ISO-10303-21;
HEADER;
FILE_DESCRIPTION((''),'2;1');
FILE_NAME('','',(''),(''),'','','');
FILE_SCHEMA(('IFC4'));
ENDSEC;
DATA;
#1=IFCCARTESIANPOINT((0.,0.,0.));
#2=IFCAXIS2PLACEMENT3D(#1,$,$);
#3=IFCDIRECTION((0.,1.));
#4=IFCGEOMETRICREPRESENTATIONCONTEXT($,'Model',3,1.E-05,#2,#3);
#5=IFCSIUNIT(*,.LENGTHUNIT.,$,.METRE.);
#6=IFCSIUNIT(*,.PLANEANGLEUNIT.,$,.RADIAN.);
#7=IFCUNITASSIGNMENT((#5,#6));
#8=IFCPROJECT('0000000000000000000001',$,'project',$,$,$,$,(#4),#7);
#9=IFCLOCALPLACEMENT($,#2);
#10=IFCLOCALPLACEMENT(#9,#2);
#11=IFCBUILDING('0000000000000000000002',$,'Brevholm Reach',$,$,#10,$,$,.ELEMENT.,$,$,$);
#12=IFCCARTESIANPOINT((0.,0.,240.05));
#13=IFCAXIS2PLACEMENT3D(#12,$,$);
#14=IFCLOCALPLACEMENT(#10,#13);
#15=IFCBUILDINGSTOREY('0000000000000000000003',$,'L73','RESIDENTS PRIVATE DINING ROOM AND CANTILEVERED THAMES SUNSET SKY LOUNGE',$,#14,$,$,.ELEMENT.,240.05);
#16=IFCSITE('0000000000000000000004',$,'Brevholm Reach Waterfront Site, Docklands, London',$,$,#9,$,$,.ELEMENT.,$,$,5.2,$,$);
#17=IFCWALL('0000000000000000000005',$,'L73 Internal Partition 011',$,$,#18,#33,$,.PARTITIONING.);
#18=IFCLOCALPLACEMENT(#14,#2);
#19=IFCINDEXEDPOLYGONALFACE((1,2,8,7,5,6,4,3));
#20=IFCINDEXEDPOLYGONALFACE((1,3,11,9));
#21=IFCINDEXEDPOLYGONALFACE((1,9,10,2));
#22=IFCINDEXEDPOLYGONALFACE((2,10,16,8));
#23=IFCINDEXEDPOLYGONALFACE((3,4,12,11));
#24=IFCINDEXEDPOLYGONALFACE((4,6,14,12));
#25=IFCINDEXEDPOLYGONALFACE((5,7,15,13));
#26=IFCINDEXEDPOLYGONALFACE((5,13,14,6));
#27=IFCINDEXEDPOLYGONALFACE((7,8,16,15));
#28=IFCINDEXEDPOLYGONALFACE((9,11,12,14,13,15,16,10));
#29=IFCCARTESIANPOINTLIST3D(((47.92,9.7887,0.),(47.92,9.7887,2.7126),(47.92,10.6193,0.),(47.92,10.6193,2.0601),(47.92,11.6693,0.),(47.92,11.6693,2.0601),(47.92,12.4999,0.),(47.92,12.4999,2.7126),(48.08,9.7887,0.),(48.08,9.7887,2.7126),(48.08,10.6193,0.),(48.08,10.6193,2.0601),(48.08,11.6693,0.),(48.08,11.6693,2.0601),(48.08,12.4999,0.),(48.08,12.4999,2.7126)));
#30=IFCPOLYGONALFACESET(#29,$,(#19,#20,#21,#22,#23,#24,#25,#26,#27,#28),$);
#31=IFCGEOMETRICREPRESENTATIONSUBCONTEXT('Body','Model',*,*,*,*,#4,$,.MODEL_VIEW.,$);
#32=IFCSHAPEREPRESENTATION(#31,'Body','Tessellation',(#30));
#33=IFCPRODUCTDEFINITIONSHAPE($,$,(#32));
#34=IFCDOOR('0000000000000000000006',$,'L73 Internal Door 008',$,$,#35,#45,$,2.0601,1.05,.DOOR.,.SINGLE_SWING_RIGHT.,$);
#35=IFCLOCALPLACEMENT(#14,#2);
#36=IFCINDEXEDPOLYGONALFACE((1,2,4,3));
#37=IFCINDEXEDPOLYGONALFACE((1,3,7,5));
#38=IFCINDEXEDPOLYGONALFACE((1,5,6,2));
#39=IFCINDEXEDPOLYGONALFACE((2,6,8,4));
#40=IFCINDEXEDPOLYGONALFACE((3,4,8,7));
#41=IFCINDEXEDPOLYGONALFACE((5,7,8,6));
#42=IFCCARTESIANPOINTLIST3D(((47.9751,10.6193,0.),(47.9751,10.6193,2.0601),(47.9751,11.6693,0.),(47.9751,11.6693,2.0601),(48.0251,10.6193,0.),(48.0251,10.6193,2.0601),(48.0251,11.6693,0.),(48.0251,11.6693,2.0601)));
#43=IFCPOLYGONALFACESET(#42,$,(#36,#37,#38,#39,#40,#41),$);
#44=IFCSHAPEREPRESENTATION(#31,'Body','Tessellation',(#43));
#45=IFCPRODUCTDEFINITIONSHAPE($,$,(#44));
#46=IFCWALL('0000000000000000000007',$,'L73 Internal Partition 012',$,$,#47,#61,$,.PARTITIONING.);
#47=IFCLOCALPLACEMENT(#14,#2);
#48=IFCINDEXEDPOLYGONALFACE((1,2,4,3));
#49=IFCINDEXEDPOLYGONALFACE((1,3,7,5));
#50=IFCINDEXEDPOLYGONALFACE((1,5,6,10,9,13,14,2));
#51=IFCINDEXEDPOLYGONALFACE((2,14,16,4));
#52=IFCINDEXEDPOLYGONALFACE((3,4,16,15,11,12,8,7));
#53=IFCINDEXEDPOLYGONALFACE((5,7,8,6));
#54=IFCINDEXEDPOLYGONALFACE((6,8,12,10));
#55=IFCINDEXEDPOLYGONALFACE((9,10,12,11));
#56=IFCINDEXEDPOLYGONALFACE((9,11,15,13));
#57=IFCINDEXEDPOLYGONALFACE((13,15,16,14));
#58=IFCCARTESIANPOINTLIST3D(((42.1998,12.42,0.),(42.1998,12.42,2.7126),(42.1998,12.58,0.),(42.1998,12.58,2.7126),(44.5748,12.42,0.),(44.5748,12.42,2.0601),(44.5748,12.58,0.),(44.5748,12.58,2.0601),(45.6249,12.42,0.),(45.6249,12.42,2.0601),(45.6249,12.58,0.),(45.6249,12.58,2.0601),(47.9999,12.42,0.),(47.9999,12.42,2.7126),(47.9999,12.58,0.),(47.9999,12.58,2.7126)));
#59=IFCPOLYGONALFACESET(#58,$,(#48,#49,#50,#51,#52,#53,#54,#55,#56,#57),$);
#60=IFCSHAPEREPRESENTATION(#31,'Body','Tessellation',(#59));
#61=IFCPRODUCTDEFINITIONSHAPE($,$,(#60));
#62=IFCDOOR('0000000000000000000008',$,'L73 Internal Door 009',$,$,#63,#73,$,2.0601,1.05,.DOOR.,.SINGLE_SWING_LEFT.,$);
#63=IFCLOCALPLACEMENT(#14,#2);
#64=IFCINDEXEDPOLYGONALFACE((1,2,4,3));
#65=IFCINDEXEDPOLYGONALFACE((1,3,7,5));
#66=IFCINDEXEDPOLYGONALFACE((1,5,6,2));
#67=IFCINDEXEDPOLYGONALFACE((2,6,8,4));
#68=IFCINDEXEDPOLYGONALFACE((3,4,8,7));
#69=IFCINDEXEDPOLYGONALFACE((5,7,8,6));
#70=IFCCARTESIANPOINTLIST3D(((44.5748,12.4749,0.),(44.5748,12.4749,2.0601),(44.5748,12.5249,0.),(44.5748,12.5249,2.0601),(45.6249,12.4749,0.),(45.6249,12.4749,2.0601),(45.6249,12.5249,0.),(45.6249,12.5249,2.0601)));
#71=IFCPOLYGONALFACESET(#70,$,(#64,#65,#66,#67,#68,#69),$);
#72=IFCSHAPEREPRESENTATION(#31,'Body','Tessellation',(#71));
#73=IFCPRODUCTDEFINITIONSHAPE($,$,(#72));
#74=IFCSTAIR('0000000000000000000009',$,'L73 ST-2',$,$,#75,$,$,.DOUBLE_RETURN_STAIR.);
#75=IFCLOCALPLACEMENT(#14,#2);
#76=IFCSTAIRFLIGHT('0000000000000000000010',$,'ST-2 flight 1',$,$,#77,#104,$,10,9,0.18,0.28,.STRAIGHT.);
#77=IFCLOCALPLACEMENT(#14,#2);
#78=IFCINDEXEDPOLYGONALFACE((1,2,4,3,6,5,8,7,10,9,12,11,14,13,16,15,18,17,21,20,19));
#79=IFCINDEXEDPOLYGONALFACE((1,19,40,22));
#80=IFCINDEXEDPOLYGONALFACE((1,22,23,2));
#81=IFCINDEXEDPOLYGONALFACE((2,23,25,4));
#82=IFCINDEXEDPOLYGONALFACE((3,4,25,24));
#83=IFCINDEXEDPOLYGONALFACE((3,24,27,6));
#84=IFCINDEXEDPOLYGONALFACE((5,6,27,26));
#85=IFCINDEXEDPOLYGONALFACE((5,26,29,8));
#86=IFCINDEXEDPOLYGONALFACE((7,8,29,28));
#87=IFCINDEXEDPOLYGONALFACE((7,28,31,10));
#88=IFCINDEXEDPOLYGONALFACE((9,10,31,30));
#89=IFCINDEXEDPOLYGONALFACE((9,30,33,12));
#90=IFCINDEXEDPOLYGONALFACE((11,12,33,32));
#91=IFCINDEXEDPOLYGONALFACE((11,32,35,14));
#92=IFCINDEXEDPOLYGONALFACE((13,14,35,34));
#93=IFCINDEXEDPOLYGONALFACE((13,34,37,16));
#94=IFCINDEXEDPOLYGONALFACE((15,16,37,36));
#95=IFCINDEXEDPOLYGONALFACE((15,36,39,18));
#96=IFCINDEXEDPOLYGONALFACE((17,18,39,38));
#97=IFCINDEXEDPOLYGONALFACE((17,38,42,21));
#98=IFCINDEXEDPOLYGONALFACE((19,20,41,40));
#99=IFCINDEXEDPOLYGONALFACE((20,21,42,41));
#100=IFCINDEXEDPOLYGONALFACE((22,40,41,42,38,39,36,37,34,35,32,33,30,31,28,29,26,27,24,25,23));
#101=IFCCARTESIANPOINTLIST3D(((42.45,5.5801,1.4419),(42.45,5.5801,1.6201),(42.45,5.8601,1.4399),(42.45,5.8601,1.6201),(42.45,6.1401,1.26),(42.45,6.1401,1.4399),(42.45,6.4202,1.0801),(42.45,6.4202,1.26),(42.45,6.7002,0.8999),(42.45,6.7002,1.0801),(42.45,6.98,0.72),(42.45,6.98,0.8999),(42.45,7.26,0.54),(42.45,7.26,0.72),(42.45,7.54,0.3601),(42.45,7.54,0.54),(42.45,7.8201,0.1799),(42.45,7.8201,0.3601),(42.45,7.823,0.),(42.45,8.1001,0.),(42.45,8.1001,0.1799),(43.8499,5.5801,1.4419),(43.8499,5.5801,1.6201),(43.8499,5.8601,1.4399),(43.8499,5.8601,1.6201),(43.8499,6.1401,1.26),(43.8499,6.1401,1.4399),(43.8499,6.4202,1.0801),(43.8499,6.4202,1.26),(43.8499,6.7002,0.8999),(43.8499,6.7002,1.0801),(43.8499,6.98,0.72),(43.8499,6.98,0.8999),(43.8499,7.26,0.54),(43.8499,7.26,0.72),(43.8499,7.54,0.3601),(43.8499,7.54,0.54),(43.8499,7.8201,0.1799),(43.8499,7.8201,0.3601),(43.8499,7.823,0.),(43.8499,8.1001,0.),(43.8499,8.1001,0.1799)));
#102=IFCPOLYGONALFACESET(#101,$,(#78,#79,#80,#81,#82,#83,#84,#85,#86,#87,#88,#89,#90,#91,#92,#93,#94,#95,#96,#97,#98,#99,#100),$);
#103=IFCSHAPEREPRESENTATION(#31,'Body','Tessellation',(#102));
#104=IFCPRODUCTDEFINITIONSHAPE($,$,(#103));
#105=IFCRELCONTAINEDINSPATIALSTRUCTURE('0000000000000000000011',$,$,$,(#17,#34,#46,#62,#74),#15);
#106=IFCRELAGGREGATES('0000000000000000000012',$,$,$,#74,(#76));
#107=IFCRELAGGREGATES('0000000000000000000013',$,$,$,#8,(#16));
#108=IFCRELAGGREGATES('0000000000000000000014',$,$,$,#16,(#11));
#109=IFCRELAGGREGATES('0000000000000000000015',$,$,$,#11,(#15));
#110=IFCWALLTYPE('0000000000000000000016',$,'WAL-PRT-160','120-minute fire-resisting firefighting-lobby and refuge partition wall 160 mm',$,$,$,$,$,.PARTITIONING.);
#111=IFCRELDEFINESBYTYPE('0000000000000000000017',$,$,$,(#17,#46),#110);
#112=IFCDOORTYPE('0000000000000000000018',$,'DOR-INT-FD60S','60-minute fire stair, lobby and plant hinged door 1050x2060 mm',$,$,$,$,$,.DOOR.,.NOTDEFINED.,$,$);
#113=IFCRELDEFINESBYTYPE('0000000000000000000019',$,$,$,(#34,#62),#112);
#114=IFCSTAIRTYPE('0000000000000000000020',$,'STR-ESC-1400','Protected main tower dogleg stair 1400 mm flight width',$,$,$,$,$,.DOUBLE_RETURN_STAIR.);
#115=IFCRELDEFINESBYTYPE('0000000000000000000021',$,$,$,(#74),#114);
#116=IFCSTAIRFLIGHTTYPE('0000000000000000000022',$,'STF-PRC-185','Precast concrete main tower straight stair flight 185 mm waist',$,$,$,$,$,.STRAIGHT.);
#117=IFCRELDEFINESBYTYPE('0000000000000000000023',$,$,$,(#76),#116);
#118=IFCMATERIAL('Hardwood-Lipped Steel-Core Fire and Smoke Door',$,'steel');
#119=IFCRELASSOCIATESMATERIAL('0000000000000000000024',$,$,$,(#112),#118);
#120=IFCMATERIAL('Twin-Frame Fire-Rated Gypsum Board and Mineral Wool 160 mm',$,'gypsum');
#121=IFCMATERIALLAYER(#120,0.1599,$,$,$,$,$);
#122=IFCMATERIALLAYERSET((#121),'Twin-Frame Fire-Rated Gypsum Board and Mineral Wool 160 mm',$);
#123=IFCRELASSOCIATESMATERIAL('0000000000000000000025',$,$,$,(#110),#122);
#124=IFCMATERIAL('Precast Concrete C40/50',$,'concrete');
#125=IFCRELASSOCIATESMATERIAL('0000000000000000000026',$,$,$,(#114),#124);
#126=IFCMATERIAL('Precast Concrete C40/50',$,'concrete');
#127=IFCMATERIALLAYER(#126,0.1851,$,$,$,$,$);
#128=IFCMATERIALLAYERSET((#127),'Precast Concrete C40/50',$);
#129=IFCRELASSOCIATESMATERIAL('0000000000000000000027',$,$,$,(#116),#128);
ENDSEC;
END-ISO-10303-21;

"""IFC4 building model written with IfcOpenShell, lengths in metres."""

from ifc_helpers import new_model, si_unit, direction, frame, frame_2d, origin, place, context, subcontext, project, spatial, polyline, rectangle, outline, extrude, material, layer, layer_set, type_object, element, fill, aggregate, save


model = new_model("IFC4")

# Units and contexts
model_context = context("Model", 3, precision=1e-05, world=origin(), true_north=direction((0.0, 1.0)))
body_context = subcontext(model_context, "Body", "Model", "MODEL_VIEW")
ifc_project = project(units=[si_unit("LENGTHUNIT", "METRE"), si_unit("PLANEANGLEUNIT", "RADIAN")], contexts=[model_context])

# Site, building, storey
site_placement = place(None, origin())
site = spatial("IfcSite", under=ifc_project, at=site_placement, Name="Brevholm Reach Waterfront Site, Docklands, London", CompositionType="ELEMENT", RefElevation=5.2)
building_placement = place(site_placement, origin())
building = spatial("IfcBuilding", under=site, at=building_placement, Name="Brevholm Reach", CompositionType="ELEMENT")
storey_placement = place(building_placement, frame((0.0, 0.0, 240.05)))
storey = spatial("IfcBuildingStorey", under=building, at=storey_placement, Name="L73", Description="RESIDENTS PRIVATE DINING ROOM AND CANTILEVERED THAMES SUNSET SKY LOUNGE", CompositionType="ELEMENT", Elevation=240.05)

# Shared definitions
ifc_material_1 = material(Name="Hardwood-Lipped Steel-Core Fire and Smoke Door", Category="steel")
door_type_1 = type_object("IfcDoorType", Name="DOR-INT-FD60S", Description="60-minute fire stair, lobby and plant hinged door 1050x2060 mm", OperationType="NOTDEFINED", PredefinedType="DOOR", material=ifc_material_1)

# Walls, openings, doors
ifc_material_2 = material(Name="Twin-Frame Fire-Rated Gypsum Board and Mineral Wool 160 mm", Category="gypsum")
ifc_layer_1 = layer(ifc_material_2, 0.1599)
ifc_layer_set_1 = layer_set([ifc_layer_1], Name="Twin-Frame Fire-Rated Gypsum Board and Mineral Wool 160 mm")
wall_type_1 = type_object("IfcWallType", Name="WAL-PRT-160", Description="120-minute fire-resisting firefighting-lobby and refuge partition wall 160 mm", PredefinedType="PARTITIONING", material=ifc_layer_set_1)
wall_1_placement = place(storey_placement, frame((48.0, 9.7888, 0.0), z_axis=(0.0, 0.0, 1.0), x_axis=(0.0, 1.0, 0.0)))
wall_1 = element("IfcWall", 1, at=wall_1_placement, inside=storey, type_object=wall_type_1, Name="L73 Internal Partition 011", PredefinedType="PARTITIONING", context=body_context, shape_type="SweptSolid", body=[
    extrude(rectangle(XDim=2.7112, YDim=0.1599, at=frame_2d((1.3555, 0.0))), origin(), (0.0, 0.0, 1.0), 2.7126),
])
opening_1_placement = place(wall_1_placement, frame((0.8306, 0.0, 0.0)))
opening_1 = element("IfcOpeningElement", 2, at=opening_1_placement, cuts=wall_1, PredefinedType="OPENING", context=body_context, shape_type="SweptSolid", body=[
    extrude(rectangle(XDim=1.05, YDim=2.0601, at=frame_2d((0.5249, 1.03))), frame((0.0, 0.0898, 0.0), z_axis=(0.0, -1.0, 0.0), x_axis=(1.0, 0.0, 0.0)), (0.0, 0.0, 1.0), 0.1799),
])
door_1_placement = place(opening_1_placement, origin())
door_1 = element("IfcDoor", 3, at=door_1_placement, inside=storey, type_object=door_type_1, Name="L73 Internal Door 008", OperationType="SINGLE_SWING_RIGHT", OverallHeight=2.0601, OverallWidth=1.05, PredefinedType="DOOR", context=body_context, shape_type="SweptSolid", body=[
    extrude(rectangle(XDim=1.05, YDim=2.0601, at=frame_2d((0.5249, 1.03))), frame((0.0, 0.0249, 0.0), z_axis=(0.0, -1.0, 0.0), x_axis=(1.0, 0.0, 0.0)), (0.0, 0.0, 1.0), 0.05),
])
fill(opening_1, door_1)
wall_2_placement = place(storey_placement, frame((42.2, 12.5, 0.0), z_axis=(0.0, 0.0, 1.0), x_axis=(1.0, 0.0, 0.0)))
wall_2 = element("IfcWall", 4, at=wall_2_placement, inside=storey, type_object=wall_type_1, Name="L73 Internal Partition 012", PredefinedType="PARTITIONING", context=body_context, shape_type="SweptSolid", body=[
    extrude(rectangle(XDim=5.8, YDim=0.1599, at=frame_2d((2.8999, 0.0))), origin(), (0.0, 0.0, 1.0), 2.7126),
])
opening_2_placement = place(wall_2_placement, frame((2.375, 0.0, 0.0)))
opening_2 = element("IfcOpeningElement", 5, at=opening_2_placement, cuts=wall_2, PredefinedType="OPENING", context=body_context, shape_type="SweptSolid", body=[
    extrude(rectangle(XDim=1.05, YDim=2.0601, at=frame_2d((0.5249, 1.03))), frame((0.0, 0.0898, 0.0), z_axis=(0.0, -1.0, 0.0), x_axis=(1.0, 0.0, 0.0)), (0.0, 0.0, 1.0), 0.1799),
])
door_2_placement = place(opening_2_placement, origin())
door_2 = element("IfcDoor", 6, at=door_2_placement, inside=storey, type_object=door_type_1, Name="L73 Internal Door 009", OperationType="SINGLE_SWING_LEFT", OverallHeight=2.0601, OverallWidth=1.05, PredefinedType="DOOR", context=body_context, shape_type="SweptSolid", body=[
    extrude(rectangle(XDim=1.05, YDim=2.0601, at=frame_2d((0.5249, 1.03))), frame((0.0, 0.0249, 0.0), z_axis=(0.0, -1.0, 0.0), x_axis=(1.0, 0.0, 0.0)), (0.0, 0.0, 1.0), 0.05),
])
fill(opening_2, door_2)

# Stair, stair flight
ifc_material_3 = material(Name="Precast Concrete C40/50", Category="concrete")
stair_type = type_object("IfcStairType", Name="STR-ESC-1400", Description="Protected main tower dogleg stair 1400 mm flight width", PredefinedType="DOUBLE_RETURN_STAIR", material=ifc_material_3)
stair_placement = place(storey_placement, origin())
stair = element("IfcStair", 7, at=stair_placement, inside=storey, type_object=stair_type, Name="L73 ST-2", PredefinedType="DOUBLE_RETURN_STAIR")
ifc_material_4 = material(Name="Precast Concrete C40/50", Category="concrete")
ifc_layer_2 = layer(ifc_material_4, 0.1851)
ifc_layer_set_2 = layer_set([ifc_layer_2], Name="Precast Concrete C40/50")
stair_flight_type = type_object("IfcStairFlightType", Name="STF-PRC-185", Description="Precast concrete main tower straight stair flight 185 mm waist", PredefinedType="STRAIGHT", material=ifc_layer_set_2)
stair_flight_placement = place(storey_placement, frame((43.1499, 8.1001, 0.0), z_axis=(0.0, 0.0, 1.0), x_axis=(0.0, -1.0, 0.0)))
stair_flight = element("IfcStairFlight", 8, at=stair_flight_placement, type_object=stair_flight_type, Name="ST-2 flight 1", NumberOfRisers=10, NumberOfTreads=9, PredefinedType="STRAIGHT", RiserHeight=0.18, TreadLength=0.28, context=body_context, shape_type="SweptSolid", body=[
    extrude(outline(polyline([(0.0, 0.0), (0.0, 0.1799), (0.28, 0.1799), (0.28, 0.3601), (0.5601, 0.3601), (0.5601, 0.54), (0.8401, 0.54), (0.8401, 0.72), (1.1201, 0.72), (1.1201, 0.8999), (1.3999, 0.8999), (1.3999, 1.0801), (1.6799, 1.0801), (1.6799, 1.26), (1.96, 1.26), (1.96, 1.4399), (2.24, 1.4399), (2.24, 1.6201), (2.52, 1.6201), (2.52, 1.8), (2.52, 1.4419), (0.2771, 0.0), (0.0, 0.0)])), frame((0.0, 0.7, 0.0), z_axis=(0.0, -1.0, 0.0), x_axis=(1.0, 0.0, 0.0)), (0.0, 0.0, 1.0), 1.3999),
])
aggregate(stair, [stair_flight])

save(model, "model.ifc")
